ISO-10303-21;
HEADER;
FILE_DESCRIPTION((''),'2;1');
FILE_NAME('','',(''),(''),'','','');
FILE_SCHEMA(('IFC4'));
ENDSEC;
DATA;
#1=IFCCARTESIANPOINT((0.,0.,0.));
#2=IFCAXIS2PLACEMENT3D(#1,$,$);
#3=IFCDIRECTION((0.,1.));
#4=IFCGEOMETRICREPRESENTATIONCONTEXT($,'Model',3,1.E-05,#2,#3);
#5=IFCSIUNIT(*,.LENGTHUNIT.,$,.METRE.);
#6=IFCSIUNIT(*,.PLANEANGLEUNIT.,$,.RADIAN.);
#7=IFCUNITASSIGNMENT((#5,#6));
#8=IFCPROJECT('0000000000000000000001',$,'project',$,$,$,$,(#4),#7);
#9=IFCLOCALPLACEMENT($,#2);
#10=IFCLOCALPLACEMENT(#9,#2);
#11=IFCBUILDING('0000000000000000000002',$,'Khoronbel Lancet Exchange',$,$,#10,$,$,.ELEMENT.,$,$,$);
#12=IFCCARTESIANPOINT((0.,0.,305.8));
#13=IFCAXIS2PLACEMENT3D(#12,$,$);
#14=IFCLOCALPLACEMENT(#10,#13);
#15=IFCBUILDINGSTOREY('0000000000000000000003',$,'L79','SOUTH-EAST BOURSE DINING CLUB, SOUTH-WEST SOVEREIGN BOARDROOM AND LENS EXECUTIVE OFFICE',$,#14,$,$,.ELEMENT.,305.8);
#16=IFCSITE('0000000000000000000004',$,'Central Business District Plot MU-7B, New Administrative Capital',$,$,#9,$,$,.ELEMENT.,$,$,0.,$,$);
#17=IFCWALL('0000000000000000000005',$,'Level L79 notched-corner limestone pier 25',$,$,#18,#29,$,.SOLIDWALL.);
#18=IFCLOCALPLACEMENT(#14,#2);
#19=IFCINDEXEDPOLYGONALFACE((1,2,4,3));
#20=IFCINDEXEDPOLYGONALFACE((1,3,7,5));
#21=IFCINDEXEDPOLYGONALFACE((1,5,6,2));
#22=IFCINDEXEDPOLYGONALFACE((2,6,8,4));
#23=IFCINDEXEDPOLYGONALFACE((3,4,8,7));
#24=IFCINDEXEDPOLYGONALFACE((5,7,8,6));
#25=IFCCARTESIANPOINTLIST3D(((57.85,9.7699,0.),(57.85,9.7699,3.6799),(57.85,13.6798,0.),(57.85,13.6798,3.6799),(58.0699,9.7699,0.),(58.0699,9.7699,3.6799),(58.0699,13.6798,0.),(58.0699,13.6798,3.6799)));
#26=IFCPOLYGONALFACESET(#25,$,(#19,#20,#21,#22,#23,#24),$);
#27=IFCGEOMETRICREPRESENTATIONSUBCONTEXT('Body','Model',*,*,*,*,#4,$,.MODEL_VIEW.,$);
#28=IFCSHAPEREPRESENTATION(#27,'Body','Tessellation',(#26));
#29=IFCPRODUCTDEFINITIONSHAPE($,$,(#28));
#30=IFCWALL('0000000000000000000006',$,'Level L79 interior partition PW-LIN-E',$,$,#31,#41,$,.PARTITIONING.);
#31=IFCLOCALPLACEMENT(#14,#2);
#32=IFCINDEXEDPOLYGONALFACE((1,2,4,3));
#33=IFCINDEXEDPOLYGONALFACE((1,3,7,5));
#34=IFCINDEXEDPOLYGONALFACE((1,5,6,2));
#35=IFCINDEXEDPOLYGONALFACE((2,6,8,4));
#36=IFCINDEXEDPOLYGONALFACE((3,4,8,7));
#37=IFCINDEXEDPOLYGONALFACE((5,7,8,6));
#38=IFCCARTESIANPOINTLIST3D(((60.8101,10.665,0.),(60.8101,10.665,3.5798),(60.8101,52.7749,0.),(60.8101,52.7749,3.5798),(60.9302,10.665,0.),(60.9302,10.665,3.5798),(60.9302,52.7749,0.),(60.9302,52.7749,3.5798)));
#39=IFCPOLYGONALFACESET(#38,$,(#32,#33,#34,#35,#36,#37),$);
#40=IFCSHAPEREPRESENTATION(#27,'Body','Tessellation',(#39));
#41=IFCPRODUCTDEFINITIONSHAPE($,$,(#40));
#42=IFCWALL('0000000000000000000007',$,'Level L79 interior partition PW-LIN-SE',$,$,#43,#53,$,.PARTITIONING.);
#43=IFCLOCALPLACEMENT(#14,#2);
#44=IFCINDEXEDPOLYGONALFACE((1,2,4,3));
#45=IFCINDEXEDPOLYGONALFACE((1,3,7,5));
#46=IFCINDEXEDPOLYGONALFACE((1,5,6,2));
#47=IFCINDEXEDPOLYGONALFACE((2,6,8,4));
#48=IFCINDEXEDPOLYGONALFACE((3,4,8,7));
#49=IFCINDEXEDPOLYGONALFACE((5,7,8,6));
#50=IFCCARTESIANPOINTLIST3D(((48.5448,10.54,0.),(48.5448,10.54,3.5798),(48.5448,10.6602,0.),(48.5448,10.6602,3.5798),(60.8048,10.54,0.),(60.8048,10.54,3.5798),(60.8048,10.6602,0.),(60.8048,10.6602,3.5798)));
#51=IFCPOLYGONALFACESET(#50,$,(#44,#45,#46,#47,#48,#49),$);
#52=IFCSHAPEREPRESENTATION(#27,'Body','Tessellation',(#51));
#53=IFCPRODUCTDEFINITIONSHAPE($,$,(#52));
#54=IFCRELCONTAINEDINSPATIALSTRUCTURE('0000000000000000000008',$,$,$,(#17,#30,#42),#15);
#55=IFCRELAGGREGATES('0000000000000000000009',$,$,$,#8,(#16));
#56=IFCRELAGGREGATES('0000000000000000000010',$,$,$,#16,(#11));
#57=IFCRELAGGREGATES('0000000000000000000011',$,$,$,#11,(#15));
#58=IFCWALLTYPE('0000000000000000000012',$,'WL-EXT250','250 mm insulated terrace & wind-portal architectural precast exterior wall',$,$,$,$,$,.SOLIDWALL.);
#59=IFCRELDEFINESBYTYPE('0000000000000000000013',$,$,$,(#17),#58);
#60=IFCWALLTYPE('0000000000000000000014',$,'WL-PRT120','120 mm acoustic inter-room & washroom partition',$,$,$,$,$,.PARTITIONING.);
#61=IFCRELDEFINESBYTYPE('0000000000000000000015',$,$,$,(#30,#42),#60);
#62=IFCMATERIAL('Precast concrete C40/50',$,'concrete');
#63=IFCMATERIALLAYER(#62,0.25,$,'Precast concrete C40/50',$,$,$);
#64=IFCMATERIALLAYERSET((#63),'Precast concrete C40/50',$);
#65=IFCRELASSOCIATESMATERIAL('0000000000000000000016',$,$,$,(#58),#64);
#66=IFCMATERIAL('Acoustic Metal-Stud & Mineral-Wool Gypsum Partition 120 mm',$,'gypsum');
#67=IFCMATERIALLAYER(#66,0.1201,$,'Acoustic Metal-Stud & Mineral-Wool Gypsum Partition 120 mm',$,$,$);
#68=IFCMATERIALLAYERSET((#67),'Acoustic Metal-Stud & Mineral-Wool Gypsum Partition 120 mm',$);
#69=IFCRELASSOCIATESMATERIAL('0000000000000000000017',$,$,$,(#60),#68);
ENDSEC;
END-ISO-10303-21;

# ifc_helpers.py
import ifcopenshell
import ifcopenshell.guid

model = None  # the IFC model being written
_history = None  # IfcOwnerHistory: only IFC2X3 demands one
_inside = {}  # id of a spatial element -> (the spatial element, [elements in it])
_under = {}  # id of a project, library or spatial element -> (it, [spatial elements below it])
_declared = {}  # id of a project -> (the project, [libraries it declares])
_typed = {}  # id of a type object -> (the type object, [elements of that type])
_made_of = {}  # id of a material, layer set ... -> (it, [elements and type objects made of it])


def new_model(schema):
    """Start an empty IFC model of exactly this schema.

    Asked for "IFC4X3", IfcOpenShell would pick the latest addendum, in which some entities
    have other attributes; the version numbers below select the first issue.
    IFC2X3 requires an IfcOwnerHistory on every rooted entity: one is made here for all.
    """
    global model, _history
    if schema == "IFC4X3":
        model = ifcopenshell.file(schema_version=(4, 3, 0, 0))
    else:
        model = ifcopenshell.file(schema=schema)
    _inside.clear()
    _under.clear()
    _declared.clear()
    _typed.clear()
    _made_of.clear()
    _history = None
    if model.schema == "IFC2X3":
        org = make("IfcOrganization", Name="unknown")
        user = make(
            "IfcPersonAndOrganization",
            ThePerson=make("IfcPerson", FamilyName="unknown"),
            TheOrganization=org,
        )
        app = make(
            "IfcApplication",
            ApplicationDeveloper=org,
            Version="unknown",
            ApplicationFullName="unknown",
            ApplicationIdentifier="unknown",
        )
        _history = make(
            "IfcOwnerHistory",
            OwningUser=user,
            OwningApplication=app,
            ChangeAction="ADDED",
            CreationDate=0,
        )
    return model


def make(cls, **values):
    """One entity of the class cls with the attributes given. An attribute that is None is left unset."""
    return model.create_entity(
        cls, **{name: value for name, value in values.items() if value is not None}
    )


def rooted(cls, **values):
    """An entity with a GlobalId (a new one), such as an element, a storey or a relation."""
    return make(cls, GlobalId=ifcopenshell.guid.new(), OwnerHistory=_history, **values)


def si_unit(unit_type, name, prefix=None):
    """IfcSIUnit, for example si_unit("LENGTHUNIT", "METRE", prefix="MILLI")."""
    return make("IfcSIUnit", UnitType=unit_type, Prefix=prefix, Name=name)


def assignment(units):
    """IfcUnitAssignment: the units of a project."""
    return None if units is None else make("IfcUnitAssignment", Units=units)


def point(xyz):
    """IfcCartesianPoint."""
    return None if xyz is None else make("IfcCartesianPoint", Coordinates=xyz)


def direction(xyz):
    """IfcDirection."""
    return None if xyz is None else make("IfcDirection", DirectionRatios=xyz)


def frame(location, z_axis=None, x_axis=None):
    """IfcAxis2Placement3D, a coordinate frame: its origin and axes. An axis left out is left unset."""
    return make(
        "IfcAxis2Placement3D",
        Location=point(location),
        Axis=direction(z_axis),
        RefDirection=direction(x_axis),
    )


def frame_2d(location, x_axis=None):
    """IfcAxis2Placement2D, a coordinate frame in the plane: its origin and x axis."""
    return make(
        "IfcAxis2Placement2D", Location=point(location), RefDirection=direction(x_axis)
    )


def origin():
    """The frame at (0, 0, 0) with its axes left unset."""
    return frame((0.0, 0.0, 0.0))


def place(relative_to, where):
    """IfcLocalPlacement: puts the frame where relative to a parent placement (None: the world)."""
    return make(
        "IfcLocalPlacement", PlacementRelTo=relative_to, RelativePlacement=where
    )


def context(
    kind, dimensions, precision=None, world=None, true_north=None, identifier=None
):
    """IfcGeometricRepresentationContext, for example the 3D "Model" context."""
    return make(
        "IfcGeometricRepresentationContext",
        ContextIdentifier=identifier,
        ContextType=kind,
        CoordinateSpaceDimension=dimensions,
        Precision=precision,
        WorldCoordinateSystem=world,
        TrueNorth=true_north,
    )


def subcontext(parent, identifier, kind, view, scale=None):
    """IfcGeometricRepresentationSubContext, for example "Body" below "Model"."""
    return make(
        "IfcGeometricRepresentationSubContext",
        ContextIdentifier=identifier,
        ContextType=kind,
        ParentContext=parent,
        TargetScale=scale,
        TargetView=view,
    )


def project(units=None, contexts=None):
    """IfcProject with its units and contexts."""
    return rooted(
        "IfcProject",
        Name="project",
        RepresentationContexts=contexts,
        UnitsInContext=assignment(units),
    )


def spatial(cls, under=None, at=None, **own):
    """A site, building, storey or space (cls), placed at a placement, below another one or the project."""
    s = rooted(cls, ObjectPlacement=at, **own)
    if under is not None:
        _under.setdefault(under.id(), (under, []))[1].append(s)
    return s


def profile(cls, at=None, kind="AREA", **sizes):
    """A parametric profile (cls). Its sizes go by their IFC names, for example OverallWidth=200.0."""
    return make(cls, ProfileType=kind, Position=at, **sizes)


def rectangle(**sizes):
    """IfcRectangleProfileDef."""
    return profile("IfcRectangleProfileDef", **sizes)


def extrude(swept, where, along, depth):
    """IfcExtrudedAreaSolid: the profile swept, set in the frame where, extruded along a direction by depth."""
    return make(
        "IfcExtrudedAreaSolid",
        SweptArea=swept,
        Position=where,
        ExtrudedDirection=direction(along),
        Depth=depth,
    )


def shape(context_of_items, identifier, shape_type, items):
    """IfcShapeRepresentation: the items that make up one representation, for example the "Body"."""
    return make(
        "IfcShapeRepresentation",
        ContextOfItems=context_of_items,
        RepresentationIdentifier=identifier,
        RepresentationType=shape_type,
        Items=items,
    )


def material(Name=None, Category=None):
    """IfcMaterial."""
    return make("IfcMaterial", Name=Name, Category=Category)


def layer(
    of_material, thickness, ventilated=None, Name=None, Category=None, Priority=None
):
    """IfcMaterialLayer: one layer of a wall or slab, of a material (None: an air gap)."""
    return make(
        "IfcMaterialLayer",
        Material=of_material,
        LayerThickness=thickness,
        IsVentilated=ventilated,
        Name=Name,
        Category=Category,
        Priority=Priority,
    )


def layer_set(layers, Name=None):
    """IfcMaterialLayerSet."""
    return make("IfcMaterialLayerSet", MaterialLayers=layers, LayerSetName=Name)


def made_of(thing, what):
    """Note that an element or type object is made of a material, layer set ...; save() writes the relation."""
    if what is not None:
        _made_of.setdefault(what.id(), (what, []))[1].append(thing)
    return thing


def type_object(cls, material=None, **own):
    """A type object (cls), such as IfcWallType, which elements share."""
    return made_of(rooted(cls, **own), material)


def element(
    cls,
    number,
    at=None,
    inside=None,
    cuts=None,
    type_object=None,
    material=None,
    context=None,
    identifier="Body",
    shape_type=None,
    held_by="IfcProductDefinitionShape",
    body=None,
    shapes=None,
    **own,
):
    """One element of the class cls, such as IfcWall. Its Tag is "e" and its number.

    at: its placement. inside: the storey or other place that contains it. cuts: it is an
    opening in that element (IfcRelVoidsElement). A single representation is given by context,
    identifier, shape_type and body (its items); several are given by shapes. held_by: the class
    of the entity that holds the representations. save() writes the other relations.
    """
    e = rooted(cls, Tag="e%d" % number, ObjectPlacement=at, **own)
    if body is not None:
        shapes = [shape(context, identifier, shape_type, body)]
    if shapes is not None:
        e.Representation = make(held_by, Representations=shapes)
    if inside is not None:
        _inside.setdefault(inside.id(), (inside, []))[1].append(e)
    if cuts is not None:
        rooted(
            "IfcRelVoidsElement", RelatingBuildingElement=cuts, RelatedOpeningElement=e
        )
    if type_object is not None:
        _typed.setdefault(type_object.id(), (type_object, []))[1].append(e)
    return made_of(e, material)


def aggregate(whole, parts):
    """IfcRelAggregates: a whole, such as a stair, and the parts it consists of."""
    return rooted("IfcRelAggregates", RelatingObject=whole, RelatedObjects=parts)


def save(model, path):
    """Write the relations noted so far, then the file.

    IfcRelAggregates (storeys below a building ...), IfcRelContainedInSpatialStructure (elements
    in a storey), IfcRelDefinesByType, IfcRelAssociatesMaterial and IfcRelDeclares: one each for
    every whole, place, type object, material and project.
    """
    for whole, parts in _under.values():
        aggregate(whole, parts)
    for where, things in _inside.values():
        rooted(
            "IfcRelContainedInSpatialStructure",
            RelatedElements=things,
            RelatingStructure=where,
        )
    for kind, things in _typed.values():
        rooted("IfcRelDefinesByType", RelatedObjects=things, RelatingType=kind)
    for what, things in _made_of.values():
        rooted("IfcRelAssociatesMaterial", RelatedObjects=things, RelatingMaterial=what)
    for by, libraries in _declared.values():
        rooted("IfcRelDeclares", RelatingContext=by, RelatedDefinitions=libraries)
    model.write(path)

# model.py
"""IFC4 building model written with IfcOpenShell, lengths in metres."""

from ifc_helpers import new_model, si_unit, direction, frame, frame_2d, origin, place, context, subcontext, project, spatial, rectangle, extrude, material, layer, layer_set, type_object, element, save


model = new_model("IFC4")

# Units and contexts
model_context = context("Model", 3, precision=1e-05, world=origin(), true_north=direction((0.0, 1.0)))
body_context = subcontext(model_context, "Body", "Model", "MODEL_VIEW")
ifc_project = project(units=[si_unit("LENGTHUNIT", "METRE"), si_unit("PLANEANGLEUNIT", "RADIAN")], contexts=[model_context])

# Site, building, storey
site_placement = place(None, origin())
site = spatial("IfcSite", under=ifc_project, at=site_placement, Name="Central Business District Plot MU-7B, New Administrative Capital", CompositionType="ELEMENT", RefElevation=0.0)
building_placement = place(site_placement, origin())
building = spatial("IfcBuilding", under=site, at=building_placement, Name="Khoronbel Lancet Exchange", CompositionType="ELEMENT")
storey_placement = place(building_placement, frame((0.0, 0.0, 305.8)))
storey = spatial("IfcBuildingStorey", under=building, at=storey_placement, Name="L79", Description="SOUTH-EAST BOURSE DINING CLUB, SOUTH-WEST SOVEREIGN BOARDROOM AND LENS EXECUTIVE OFFICE", CompositionType="ELEMENT", Elevation=305.8)

# Walls
ifc_material_1 = material(Name="Precast concrete C40/50", Category="concrete")
ifc_layer_1 = layer(ifc_material_1, 0.25, Name="Precast concrete C40/50")
ifc_layer_set_1 = layer_set([ifc_layer_1], Name="Precast concrete C40/50")
wall_type_1 = type_object("IfcWallType", Name="WL-EXT250", Description="250 mm insulated terrace & wind-portal architectural precast exterior wall", PredefinedType="SOLIDWALL", material=ifc_layer_set_1)
wall_1_placement = place(storey_placement, frame((57.96, 13.6799, 0.0), z_axis=(0.0, 0.0, 1.0), x_axis=(0.0, -1.0, 0.0)))
element("IfcWall", 1, at=wall_1_placement, inside=storey, type_object=wall_type_1, Name="Level L79 notched-corner limestone pier 25", PredefinedType="SOLIDWALL", context=body_context, shape_type="SweptSolid", body=[
    extrude(rectangle(XDim=3.9099, YDim=0.22, at=frame_2d((1.9551, 0.0))), origin(), (0.0, 0.0, 1.0), 3.6799),
])
ifc_material_2 = material(Name="Acoustic Metal-Stud & Mineral-Wool Gypsum Partition 120 mm", Category="gypsum")
ifc_layer_2 = layer(ifc_material_2, 0.1201, Name="Acoustic Metal-Stud & Mineral-Wool Gypsum Partition 120 mm")
ifc_layer_set_2 = layer_set([ifc_layer_2], Name="Acoustic Metal-Stud & Mineral-Wool Gypsum Partition 120 mm")
wall_type_2 = type_object("IfcWallType", Name="WL-PRT120", Description="120 mm acoustic inter-room & washroom partition", PredefinedType="PARTITIONING", material=ifc_layer_set_2)
wall_2_placement = place(storey_placement, frame((60.8701, 10.665, 0.0), z_axis=(0.0, 0.0, 1.0), x_axis=(0.0, 1.0, 0.0)))
element("IfcWall", 2, at=wall_2_placement, inside=storey, type_object=wall_type_2, Name="Level L79 interior partition PW-LIN-E", PredefinedType="PARTITIONING", context=body_context, shape_type="SweptSolid", body=[
    extrude(rectangle(XDim=42.1099, YDim=0.1201, at=frame_2d((21.0549, 0.0))), origin(), (0.0, 0.0, 1.0), 3.5798),
])
wall_3_placement = place(storey_placement, frame((48.5449, 10.6001, 0.0), z_axis=(0.0, 0.0, 1.0), x_axis=(1.0, 0.0, 0.0)))
element("IfcWall", 3, at=wall_3_placement, inside=storey, type_object=wall_type_2, Name="Level L79 interior partition PW-LIN-SE", PredefinedType="PARTITIONING", context=body_context, shape_type="SweptSolid", body=[
    extrude(rectangle(XDim=12.26, YDim=0.1201, at=frame_2d((6.1299, 0.0))), origin(), (0.0, 0.0, 1.0), 3.5798),
])

save(model, "model.ifc")
